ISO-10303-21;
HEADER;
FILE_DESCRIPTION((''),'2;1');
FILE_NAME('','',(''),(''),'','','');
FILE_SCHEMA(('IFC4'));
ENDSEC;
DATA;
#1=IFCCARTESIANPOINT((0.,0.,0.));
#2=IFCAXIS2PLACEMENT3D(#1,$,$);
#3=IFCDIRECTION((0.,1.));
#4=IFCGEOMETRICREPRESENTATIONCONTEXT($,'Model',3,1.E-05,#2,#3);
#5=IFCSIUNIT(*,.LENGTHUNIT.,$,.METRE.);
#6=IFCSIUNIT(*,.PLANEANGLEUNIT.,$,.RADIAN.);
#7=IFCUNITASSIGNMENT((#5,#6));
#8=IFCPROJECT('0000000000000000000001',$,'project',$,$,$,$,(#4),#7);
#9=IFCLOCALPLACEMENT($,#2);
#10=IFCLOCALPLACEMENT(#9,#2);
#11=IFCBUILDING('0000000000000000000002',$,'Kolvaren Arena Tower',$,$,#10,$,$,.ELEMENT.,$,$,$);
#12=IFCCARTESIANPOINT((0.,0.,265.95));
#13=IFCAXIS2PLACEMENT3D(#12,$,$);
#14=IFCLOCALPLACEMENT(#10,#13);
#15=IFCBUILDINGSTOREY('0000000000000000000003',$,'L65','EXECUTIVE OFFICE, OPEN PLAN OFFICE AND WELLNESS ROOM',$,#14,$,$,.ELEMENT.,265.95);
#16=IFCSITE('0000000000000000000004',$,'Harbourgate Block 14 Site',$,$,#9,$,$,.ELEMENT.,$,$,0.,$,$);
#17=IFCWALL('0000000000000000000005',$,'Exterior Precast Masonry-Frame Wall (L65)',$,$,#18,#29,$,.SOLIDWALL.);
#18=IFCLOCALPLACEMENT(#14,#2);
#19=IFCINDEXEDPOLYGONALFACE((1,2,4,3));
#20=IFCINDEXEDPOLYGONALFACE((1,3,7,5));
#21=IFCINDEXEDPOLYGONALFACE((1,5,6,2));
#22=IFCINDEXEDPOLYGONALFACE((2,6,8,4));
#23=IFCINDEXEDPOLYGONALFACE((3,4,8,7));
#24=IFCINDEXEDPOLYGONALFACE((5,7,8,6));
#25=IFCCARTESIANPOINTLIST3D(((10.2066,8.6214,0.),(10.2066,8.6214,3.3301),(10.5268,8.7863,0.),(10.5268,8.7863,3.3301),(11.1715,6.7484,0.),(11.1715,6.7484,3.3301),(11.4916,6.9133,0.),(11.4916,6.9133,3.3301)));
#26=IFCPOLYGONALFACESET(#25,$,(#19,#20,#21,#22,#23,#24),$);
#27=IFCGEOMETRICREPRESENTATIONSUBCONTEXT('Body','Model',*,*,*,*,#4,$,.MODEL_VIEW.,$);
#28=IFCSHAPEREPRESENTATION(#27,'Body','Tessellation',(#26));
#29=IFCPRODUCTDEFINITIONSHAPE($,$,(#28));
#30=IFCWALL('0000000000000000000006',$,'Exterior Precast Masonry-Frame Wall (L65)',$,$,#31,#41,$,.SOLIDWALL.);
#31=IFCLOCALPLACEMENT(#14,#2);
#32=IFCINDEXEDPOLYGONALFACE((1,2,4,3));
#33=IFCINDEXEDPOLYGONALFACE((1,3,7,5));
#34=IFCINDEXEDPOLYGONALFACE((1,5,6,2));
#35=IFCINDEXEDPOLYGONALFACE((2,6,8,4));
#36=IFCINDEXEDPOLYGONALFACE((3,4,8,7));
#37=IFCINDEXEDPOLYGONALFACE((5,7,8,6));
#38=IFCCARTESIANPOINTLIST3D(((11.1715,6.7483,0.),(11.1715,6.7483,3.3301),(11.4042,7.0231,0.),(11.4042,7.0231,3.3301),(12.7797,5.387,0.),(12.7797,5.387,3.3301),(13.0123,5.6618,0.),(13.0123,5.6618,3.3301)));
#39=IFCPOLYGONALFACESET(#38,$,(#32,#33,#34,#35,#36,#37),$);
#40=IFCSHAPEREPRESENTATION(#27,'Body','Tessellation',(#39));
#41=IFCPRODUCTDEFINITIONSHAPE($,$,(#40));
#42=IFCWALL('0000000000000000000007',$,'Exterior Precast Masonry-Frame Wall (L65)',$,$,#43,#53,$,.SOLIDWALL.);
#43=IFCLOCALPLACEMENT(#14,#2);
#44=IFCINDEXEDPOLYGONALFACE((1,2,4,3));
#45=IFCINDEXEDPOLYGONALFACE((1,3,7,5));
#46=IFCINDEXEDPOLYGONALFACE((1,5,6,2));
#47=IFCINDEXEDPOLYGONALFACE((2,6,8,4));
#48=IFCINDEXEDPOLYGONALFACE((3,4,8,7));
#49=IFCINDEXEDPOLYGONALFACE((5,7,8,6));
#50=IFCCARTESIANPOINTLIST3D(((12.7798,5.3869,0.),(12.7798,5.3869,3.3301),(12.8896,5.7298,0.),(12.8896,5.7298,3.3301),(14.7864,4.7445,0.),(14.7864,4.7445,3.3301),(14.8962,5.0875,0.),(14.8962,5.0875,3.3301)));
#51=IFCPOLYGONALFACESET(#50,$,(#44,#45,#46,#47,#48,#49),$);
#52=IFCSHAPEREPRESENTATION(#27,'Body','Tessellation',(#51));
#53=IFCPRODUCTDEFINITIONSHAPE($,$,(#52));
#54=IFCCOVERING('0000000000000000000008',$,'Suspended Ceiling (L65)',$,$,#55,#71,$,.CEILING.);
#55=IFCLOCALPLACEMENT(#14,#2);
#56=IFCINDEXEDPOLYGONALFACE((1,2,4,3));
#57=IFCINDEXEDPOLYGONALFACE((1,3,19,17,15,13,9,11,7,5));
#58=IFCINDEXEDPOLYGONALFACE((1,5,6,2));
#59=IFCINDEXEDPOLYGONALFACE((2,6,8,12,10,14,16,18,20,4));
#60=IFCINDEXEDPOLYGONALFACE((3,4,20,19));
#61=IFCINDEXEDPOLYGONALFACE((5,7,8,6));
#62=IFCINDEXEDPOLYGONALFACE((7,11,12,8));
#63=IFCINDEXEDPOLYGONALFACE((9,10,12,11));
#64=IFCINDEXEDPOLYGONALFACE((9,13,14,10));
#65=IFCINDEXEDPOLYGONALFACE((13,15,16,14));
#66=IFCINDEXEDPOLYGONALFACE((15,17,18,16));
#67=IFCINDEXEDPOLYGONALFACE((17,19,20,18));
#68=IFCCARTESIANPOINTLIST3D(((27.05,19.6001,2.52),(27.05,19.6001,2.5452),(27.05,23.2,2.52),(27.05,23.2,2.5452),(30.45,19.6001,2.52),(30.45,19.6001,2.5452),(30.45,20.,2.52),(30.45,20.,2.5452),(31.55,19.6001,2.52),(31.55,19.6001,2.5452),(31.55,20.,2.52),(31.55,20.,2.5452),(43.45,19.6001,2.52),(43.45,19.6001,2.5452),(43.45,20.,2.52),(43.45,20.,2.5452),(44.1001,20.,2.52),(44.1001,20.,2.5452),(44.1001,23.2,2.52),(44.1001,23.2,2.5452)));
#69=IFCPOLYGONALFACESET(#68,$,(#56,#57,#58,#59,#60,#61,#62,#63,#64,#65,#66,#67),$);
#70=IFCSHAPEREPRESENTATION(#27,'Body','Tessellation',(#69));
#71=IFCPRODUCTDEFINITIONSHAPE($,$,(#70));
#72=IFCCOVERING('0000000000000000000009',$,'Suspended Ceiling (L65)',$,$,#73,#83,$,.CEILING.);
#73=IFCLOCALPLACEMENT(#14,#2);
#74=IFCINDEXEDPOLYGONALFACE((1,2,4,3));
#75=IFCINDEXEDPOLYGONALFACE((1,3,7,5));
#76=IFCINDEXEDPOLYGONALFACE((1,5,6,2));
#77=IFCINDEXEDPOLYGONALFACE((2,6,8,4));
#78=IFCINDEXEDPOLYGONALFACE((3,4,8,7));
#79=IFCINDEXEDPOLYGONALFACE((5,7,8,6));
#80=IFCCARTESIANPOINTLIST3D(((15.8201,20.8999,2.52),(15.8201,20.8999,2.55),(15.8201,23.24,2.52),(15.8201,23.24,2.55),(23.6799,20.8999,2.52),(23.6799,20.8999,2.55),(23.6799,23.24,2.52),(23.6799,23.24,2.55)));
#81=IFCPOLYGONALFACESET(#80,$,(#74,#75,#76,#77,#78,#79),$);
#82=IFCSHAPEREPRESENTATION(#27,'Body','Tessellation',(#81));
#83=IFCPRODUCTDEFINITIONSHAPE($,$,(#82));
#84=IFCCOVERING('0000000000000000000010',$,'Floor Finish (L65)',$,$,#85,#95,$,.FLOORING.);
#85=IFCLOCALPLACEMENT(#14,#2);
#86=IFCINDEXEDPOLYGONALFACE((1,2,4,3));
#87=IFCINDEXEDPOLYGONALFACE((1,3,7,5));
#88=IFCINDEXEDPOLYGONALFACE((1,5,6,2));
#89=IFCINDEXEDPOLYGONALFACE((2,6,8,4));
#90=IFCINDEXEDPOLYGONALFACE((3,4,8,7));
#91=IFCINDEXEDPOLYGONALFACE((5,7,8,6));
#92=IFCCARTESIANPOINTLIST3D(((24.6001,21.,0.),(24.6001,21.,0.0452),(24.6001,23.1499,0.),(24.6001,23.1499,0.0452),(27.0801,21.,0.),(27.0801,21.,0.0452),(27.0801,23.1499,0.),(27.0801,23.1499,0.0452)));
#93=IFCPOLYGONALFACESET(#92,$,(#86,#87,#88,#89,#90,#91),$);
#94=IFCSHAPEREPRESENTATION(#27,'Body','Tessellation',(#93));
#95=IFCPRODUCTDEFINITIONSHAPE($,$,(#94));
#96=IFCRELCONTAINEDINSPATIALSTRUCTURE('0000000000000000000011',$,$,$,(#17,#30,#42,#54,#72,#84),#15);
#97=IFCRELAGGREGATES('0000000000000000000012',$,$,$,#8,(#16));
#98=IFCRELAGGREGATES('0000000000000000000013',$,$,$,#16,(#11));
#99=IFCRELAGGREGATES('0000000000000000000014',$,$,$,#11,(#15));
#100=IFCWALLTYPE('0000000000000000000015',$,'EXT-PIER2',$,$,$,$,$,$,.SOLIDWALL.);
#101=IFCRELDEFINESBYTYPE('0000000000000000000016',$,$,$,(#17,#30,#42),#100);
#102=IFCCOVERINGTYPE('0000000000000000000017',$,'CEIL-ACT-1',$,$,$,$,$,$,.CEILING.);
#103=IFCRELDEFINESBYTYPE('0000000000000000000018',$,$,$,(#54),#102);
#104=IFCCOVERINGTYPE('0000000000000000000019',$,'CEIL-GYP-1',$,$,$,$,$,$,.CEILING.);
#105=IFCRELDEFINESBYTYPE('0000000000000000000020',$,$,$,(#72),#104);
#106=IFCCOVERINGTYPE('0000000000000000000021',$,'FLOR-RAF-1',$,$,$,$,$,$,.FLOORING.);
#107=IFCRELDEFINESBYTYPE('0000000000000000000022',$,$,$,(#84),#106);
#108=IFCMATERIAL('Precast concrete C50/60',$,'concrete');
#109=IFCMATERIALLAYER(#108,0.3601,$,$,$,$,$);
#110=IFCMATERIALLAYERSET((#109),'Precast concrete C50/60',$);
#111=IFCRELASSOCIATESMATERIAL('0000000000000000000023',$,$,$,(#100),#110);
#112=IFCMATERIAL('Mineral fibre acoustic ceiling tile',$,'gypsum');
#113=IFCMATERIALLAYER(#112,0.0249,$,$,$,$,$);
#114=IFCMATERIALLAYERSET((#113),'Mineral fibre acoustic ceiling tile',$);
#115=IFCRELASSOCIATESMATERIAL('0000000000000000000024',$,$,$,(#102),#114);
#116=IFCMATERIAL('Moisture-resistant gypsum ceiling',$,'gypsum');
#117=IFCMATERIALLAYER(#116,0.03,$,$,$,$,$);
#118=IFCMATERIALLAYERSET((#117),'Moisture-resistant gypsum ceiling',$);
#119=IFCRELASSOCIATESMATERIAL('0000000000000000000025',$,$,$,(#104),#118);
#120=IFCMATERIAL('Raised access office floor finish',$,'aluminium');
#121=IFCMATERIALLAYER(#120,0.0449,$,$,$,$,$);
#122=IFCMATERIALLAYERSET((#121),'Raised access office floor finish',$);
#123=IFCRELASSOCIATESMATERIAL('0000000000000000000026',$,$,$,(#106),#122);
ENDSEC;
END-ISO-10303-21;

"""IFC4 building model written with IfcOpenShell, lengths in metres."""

from ifc_helpers import new_model, si_unit, direction, frame, frame_2d, origin, place, context, subcontext, project, spatial, polyline, rectangle, outline, extrude, material, layer, layer_set, type_object, element, save


model = new_model("IFC4")

# Units and contexts
model_context = context("Model", 3, precision=1e-05, world=origin(), true_north=direction((0.0, 1.0)))
body_context = subcontext(model_context, "Body", "Model", "MODEL_VIEW")
ifc_project = project(units=[si_unit("LENGTHUNIT", "METRE"), si_unit("PLANEANGLEUNIT", "RADIAN")], contexts=[model_context])

# Site, building, storey
site_placement = place(None, origin())
site = spatial("IfcSite", under=ifc_project, at=site_placement, Name="Harbourgate Block 14 Site", CompositionType="ELEMENT", RefElevation=0.0)
building_placement = place(site_placement, origin())
building = spatial("IfcBuilding", under=site, at=building_placement, Name="Kolvaren Arena Tower", CompositionType="ELEMENT")
storey_placement = place(building_placement, frame((0.0, 0.0, 265.95)))
storey = spatial("IfcBuildingStorey", under=building, at=storey_placement, Name="L65", Description="EXECUTIVE OFFICE, OPEN PLAN OFFICE AND WELLNESS ROOM", CompositionType="ELEMENT", Elevation=265.95)

# Shared definitions
ifc_material_1 = material(Name="Precast concrete C50/60", Category="concrete")
ifc_layer_1 = layer(ifc_material_1, 0.3601)
ifc_layer_set_1 = layer_set([ifc_layer_1], Name="Precast concrete C50/60")
wall_type = type_object("IfcWallType", Name="EXT-PIER2", PredefinedType="SOLIDWALL", material=ifc_layer_set_1)

# Walls
for number, where, z_axis, x_axis, name in (
    (1, (11.3315, 6.8308, 0.0), (0.0, 0.0, 1.0), (-0.457934, 0.888986, 0.0), "Exterior Precast Masonry-Frame Wall (L65)"),
    (2, (12.896, 5.5244, 0.0), (0.0, 0.0, 1.0), (-0.76325, 0.646103, 0.0), "Exterior Precast Masonry-Frame Wall (L65)"),
    (3, (14.8413, 4.916, 0.0), (0.0, 0.0, 1.0), (-0.952393, 0.304872, 0.0), "Exterior Precast Masonry-Frame Wall (L65)"),
):
    element("IfcWall", number, at=place(storey_placement, frame(where, z_axis=z_axis, x_axis=x_axis)), inside=storey, type_object=wall_type, Name=name, PredefinedType="SOLIDWALL", context=body_context, shape_type="SweptSolid", body=[
        extrude(rectangle(XDim=2.1069, YDim=0.3601, at=frame_2d((1.0535, 0.0))), origin(), (0.0, 0.0, 1.0), 3.3301),
    ])

# Coverings
ifc_material_2 = material(Name="Mineral fibre acoustic ceiling tile", Category="gypsum")
ifc_layer_2 = layer(ifc_material_2, 0.0249)
ifc_layer_set_2 = layer_set([ifc_layer_2], Name="Mineral fibre acoustic ceiling tile")
covering_type_1 = type_object("IfcCoveringType", Name="CEIL-ACT-1", PredefinedType="CEILING", material=ifc_layer_set_2)
covering_1_placement = place(storey_placement, frame((0.0, 0.0, 2.52)))
element("IfcCovering", 4, at=covering_1_placement, inside=storey, type_object=covering_type_1, Name="Suspended Ceiling (L65)", PredefinedType="CEILING", context=body_context, shape_type="SweptSolid", body=[
    extrude(outline(polyline([(27.05, 19.6001), (27.05, 23.2), (44.1001, 23.2), (44.1001, 20.0), (43.45, 20.0), (43.45, 19.6001), (31.55, 19.6001), (31.55, 20.0), (30.45, 20.0), (30.45, 19.6001), (27.05, 19.6001)])), origin(), (0.0, 0.0, 1.0), 0.0251),
])
ifc_material_3 = material(Name="Moisture-resistant gypsum ceiling", Category="gypsum")
ifc_layer_3 = layer(ifc_material_3, 0.03)
ifc_layer_set_3 = layer_set([ifc_layer_3], Name="Moisture-resistant gypsum ceiling")
covering_type_2 = type_object("IfcCoveringType", Name="CEIL-GYP-1", PredefinedType="CEILING", material=ifc_layer_set_3)
covering_2_placement = place(storey_placement, frame((0.0, 0.0, 2.52)))
element("IfcCovering", 5, at=covering_2_placement, inside=storey, type_object=covering_type_2, Name="Suspended Ceiling (L65)", PredefinedType="CEILING", context=body_context, shape_type="SweptSolid", body=[
    extrude(outline(polyline([(15.8201, 20.8999), (15.8201, 23.24), (23.6799, 23.24), (23.6799, 20.8999), (15.8201, 20.8999)])), origin(), (0.0, 0.0, 1.0), 0.03),
])
ifc_material_4 = material(Name="Raised access office floor finish", Category="aluminium")
ifc_layer_4 = layer(ifc_material_4, 0.0449)
ifc_layer_set_4 = layer_set([ifc_layer_4], Name="Raised access office floor finish")
covering_type_3 = type_object("IfcCoveringType", Name="FLOR-RAF-1", PredefinedType="FLOORING", material=ifc_layer_set_4)
covering_3_placement = place(storey_placement, origin())
element("IfcCovering", 6, at=covering_3_placement, inside=storey, type_object=covering_type_3, Name="Floor Finish (L65)", PredefinedType="FLOORING", context=body_context, shape_type="SweptSolid", body=[
    extrude(outline(polyline([(24.6001, 21.0), (24.6001, 23.1499), (27.0801, 23.1499), (27.0801, 21.0), (24.6001, 21.0)])), origin(), (0.0, 0.0, 1.0), 0.0452),
])

save(model, "model.ifc")
